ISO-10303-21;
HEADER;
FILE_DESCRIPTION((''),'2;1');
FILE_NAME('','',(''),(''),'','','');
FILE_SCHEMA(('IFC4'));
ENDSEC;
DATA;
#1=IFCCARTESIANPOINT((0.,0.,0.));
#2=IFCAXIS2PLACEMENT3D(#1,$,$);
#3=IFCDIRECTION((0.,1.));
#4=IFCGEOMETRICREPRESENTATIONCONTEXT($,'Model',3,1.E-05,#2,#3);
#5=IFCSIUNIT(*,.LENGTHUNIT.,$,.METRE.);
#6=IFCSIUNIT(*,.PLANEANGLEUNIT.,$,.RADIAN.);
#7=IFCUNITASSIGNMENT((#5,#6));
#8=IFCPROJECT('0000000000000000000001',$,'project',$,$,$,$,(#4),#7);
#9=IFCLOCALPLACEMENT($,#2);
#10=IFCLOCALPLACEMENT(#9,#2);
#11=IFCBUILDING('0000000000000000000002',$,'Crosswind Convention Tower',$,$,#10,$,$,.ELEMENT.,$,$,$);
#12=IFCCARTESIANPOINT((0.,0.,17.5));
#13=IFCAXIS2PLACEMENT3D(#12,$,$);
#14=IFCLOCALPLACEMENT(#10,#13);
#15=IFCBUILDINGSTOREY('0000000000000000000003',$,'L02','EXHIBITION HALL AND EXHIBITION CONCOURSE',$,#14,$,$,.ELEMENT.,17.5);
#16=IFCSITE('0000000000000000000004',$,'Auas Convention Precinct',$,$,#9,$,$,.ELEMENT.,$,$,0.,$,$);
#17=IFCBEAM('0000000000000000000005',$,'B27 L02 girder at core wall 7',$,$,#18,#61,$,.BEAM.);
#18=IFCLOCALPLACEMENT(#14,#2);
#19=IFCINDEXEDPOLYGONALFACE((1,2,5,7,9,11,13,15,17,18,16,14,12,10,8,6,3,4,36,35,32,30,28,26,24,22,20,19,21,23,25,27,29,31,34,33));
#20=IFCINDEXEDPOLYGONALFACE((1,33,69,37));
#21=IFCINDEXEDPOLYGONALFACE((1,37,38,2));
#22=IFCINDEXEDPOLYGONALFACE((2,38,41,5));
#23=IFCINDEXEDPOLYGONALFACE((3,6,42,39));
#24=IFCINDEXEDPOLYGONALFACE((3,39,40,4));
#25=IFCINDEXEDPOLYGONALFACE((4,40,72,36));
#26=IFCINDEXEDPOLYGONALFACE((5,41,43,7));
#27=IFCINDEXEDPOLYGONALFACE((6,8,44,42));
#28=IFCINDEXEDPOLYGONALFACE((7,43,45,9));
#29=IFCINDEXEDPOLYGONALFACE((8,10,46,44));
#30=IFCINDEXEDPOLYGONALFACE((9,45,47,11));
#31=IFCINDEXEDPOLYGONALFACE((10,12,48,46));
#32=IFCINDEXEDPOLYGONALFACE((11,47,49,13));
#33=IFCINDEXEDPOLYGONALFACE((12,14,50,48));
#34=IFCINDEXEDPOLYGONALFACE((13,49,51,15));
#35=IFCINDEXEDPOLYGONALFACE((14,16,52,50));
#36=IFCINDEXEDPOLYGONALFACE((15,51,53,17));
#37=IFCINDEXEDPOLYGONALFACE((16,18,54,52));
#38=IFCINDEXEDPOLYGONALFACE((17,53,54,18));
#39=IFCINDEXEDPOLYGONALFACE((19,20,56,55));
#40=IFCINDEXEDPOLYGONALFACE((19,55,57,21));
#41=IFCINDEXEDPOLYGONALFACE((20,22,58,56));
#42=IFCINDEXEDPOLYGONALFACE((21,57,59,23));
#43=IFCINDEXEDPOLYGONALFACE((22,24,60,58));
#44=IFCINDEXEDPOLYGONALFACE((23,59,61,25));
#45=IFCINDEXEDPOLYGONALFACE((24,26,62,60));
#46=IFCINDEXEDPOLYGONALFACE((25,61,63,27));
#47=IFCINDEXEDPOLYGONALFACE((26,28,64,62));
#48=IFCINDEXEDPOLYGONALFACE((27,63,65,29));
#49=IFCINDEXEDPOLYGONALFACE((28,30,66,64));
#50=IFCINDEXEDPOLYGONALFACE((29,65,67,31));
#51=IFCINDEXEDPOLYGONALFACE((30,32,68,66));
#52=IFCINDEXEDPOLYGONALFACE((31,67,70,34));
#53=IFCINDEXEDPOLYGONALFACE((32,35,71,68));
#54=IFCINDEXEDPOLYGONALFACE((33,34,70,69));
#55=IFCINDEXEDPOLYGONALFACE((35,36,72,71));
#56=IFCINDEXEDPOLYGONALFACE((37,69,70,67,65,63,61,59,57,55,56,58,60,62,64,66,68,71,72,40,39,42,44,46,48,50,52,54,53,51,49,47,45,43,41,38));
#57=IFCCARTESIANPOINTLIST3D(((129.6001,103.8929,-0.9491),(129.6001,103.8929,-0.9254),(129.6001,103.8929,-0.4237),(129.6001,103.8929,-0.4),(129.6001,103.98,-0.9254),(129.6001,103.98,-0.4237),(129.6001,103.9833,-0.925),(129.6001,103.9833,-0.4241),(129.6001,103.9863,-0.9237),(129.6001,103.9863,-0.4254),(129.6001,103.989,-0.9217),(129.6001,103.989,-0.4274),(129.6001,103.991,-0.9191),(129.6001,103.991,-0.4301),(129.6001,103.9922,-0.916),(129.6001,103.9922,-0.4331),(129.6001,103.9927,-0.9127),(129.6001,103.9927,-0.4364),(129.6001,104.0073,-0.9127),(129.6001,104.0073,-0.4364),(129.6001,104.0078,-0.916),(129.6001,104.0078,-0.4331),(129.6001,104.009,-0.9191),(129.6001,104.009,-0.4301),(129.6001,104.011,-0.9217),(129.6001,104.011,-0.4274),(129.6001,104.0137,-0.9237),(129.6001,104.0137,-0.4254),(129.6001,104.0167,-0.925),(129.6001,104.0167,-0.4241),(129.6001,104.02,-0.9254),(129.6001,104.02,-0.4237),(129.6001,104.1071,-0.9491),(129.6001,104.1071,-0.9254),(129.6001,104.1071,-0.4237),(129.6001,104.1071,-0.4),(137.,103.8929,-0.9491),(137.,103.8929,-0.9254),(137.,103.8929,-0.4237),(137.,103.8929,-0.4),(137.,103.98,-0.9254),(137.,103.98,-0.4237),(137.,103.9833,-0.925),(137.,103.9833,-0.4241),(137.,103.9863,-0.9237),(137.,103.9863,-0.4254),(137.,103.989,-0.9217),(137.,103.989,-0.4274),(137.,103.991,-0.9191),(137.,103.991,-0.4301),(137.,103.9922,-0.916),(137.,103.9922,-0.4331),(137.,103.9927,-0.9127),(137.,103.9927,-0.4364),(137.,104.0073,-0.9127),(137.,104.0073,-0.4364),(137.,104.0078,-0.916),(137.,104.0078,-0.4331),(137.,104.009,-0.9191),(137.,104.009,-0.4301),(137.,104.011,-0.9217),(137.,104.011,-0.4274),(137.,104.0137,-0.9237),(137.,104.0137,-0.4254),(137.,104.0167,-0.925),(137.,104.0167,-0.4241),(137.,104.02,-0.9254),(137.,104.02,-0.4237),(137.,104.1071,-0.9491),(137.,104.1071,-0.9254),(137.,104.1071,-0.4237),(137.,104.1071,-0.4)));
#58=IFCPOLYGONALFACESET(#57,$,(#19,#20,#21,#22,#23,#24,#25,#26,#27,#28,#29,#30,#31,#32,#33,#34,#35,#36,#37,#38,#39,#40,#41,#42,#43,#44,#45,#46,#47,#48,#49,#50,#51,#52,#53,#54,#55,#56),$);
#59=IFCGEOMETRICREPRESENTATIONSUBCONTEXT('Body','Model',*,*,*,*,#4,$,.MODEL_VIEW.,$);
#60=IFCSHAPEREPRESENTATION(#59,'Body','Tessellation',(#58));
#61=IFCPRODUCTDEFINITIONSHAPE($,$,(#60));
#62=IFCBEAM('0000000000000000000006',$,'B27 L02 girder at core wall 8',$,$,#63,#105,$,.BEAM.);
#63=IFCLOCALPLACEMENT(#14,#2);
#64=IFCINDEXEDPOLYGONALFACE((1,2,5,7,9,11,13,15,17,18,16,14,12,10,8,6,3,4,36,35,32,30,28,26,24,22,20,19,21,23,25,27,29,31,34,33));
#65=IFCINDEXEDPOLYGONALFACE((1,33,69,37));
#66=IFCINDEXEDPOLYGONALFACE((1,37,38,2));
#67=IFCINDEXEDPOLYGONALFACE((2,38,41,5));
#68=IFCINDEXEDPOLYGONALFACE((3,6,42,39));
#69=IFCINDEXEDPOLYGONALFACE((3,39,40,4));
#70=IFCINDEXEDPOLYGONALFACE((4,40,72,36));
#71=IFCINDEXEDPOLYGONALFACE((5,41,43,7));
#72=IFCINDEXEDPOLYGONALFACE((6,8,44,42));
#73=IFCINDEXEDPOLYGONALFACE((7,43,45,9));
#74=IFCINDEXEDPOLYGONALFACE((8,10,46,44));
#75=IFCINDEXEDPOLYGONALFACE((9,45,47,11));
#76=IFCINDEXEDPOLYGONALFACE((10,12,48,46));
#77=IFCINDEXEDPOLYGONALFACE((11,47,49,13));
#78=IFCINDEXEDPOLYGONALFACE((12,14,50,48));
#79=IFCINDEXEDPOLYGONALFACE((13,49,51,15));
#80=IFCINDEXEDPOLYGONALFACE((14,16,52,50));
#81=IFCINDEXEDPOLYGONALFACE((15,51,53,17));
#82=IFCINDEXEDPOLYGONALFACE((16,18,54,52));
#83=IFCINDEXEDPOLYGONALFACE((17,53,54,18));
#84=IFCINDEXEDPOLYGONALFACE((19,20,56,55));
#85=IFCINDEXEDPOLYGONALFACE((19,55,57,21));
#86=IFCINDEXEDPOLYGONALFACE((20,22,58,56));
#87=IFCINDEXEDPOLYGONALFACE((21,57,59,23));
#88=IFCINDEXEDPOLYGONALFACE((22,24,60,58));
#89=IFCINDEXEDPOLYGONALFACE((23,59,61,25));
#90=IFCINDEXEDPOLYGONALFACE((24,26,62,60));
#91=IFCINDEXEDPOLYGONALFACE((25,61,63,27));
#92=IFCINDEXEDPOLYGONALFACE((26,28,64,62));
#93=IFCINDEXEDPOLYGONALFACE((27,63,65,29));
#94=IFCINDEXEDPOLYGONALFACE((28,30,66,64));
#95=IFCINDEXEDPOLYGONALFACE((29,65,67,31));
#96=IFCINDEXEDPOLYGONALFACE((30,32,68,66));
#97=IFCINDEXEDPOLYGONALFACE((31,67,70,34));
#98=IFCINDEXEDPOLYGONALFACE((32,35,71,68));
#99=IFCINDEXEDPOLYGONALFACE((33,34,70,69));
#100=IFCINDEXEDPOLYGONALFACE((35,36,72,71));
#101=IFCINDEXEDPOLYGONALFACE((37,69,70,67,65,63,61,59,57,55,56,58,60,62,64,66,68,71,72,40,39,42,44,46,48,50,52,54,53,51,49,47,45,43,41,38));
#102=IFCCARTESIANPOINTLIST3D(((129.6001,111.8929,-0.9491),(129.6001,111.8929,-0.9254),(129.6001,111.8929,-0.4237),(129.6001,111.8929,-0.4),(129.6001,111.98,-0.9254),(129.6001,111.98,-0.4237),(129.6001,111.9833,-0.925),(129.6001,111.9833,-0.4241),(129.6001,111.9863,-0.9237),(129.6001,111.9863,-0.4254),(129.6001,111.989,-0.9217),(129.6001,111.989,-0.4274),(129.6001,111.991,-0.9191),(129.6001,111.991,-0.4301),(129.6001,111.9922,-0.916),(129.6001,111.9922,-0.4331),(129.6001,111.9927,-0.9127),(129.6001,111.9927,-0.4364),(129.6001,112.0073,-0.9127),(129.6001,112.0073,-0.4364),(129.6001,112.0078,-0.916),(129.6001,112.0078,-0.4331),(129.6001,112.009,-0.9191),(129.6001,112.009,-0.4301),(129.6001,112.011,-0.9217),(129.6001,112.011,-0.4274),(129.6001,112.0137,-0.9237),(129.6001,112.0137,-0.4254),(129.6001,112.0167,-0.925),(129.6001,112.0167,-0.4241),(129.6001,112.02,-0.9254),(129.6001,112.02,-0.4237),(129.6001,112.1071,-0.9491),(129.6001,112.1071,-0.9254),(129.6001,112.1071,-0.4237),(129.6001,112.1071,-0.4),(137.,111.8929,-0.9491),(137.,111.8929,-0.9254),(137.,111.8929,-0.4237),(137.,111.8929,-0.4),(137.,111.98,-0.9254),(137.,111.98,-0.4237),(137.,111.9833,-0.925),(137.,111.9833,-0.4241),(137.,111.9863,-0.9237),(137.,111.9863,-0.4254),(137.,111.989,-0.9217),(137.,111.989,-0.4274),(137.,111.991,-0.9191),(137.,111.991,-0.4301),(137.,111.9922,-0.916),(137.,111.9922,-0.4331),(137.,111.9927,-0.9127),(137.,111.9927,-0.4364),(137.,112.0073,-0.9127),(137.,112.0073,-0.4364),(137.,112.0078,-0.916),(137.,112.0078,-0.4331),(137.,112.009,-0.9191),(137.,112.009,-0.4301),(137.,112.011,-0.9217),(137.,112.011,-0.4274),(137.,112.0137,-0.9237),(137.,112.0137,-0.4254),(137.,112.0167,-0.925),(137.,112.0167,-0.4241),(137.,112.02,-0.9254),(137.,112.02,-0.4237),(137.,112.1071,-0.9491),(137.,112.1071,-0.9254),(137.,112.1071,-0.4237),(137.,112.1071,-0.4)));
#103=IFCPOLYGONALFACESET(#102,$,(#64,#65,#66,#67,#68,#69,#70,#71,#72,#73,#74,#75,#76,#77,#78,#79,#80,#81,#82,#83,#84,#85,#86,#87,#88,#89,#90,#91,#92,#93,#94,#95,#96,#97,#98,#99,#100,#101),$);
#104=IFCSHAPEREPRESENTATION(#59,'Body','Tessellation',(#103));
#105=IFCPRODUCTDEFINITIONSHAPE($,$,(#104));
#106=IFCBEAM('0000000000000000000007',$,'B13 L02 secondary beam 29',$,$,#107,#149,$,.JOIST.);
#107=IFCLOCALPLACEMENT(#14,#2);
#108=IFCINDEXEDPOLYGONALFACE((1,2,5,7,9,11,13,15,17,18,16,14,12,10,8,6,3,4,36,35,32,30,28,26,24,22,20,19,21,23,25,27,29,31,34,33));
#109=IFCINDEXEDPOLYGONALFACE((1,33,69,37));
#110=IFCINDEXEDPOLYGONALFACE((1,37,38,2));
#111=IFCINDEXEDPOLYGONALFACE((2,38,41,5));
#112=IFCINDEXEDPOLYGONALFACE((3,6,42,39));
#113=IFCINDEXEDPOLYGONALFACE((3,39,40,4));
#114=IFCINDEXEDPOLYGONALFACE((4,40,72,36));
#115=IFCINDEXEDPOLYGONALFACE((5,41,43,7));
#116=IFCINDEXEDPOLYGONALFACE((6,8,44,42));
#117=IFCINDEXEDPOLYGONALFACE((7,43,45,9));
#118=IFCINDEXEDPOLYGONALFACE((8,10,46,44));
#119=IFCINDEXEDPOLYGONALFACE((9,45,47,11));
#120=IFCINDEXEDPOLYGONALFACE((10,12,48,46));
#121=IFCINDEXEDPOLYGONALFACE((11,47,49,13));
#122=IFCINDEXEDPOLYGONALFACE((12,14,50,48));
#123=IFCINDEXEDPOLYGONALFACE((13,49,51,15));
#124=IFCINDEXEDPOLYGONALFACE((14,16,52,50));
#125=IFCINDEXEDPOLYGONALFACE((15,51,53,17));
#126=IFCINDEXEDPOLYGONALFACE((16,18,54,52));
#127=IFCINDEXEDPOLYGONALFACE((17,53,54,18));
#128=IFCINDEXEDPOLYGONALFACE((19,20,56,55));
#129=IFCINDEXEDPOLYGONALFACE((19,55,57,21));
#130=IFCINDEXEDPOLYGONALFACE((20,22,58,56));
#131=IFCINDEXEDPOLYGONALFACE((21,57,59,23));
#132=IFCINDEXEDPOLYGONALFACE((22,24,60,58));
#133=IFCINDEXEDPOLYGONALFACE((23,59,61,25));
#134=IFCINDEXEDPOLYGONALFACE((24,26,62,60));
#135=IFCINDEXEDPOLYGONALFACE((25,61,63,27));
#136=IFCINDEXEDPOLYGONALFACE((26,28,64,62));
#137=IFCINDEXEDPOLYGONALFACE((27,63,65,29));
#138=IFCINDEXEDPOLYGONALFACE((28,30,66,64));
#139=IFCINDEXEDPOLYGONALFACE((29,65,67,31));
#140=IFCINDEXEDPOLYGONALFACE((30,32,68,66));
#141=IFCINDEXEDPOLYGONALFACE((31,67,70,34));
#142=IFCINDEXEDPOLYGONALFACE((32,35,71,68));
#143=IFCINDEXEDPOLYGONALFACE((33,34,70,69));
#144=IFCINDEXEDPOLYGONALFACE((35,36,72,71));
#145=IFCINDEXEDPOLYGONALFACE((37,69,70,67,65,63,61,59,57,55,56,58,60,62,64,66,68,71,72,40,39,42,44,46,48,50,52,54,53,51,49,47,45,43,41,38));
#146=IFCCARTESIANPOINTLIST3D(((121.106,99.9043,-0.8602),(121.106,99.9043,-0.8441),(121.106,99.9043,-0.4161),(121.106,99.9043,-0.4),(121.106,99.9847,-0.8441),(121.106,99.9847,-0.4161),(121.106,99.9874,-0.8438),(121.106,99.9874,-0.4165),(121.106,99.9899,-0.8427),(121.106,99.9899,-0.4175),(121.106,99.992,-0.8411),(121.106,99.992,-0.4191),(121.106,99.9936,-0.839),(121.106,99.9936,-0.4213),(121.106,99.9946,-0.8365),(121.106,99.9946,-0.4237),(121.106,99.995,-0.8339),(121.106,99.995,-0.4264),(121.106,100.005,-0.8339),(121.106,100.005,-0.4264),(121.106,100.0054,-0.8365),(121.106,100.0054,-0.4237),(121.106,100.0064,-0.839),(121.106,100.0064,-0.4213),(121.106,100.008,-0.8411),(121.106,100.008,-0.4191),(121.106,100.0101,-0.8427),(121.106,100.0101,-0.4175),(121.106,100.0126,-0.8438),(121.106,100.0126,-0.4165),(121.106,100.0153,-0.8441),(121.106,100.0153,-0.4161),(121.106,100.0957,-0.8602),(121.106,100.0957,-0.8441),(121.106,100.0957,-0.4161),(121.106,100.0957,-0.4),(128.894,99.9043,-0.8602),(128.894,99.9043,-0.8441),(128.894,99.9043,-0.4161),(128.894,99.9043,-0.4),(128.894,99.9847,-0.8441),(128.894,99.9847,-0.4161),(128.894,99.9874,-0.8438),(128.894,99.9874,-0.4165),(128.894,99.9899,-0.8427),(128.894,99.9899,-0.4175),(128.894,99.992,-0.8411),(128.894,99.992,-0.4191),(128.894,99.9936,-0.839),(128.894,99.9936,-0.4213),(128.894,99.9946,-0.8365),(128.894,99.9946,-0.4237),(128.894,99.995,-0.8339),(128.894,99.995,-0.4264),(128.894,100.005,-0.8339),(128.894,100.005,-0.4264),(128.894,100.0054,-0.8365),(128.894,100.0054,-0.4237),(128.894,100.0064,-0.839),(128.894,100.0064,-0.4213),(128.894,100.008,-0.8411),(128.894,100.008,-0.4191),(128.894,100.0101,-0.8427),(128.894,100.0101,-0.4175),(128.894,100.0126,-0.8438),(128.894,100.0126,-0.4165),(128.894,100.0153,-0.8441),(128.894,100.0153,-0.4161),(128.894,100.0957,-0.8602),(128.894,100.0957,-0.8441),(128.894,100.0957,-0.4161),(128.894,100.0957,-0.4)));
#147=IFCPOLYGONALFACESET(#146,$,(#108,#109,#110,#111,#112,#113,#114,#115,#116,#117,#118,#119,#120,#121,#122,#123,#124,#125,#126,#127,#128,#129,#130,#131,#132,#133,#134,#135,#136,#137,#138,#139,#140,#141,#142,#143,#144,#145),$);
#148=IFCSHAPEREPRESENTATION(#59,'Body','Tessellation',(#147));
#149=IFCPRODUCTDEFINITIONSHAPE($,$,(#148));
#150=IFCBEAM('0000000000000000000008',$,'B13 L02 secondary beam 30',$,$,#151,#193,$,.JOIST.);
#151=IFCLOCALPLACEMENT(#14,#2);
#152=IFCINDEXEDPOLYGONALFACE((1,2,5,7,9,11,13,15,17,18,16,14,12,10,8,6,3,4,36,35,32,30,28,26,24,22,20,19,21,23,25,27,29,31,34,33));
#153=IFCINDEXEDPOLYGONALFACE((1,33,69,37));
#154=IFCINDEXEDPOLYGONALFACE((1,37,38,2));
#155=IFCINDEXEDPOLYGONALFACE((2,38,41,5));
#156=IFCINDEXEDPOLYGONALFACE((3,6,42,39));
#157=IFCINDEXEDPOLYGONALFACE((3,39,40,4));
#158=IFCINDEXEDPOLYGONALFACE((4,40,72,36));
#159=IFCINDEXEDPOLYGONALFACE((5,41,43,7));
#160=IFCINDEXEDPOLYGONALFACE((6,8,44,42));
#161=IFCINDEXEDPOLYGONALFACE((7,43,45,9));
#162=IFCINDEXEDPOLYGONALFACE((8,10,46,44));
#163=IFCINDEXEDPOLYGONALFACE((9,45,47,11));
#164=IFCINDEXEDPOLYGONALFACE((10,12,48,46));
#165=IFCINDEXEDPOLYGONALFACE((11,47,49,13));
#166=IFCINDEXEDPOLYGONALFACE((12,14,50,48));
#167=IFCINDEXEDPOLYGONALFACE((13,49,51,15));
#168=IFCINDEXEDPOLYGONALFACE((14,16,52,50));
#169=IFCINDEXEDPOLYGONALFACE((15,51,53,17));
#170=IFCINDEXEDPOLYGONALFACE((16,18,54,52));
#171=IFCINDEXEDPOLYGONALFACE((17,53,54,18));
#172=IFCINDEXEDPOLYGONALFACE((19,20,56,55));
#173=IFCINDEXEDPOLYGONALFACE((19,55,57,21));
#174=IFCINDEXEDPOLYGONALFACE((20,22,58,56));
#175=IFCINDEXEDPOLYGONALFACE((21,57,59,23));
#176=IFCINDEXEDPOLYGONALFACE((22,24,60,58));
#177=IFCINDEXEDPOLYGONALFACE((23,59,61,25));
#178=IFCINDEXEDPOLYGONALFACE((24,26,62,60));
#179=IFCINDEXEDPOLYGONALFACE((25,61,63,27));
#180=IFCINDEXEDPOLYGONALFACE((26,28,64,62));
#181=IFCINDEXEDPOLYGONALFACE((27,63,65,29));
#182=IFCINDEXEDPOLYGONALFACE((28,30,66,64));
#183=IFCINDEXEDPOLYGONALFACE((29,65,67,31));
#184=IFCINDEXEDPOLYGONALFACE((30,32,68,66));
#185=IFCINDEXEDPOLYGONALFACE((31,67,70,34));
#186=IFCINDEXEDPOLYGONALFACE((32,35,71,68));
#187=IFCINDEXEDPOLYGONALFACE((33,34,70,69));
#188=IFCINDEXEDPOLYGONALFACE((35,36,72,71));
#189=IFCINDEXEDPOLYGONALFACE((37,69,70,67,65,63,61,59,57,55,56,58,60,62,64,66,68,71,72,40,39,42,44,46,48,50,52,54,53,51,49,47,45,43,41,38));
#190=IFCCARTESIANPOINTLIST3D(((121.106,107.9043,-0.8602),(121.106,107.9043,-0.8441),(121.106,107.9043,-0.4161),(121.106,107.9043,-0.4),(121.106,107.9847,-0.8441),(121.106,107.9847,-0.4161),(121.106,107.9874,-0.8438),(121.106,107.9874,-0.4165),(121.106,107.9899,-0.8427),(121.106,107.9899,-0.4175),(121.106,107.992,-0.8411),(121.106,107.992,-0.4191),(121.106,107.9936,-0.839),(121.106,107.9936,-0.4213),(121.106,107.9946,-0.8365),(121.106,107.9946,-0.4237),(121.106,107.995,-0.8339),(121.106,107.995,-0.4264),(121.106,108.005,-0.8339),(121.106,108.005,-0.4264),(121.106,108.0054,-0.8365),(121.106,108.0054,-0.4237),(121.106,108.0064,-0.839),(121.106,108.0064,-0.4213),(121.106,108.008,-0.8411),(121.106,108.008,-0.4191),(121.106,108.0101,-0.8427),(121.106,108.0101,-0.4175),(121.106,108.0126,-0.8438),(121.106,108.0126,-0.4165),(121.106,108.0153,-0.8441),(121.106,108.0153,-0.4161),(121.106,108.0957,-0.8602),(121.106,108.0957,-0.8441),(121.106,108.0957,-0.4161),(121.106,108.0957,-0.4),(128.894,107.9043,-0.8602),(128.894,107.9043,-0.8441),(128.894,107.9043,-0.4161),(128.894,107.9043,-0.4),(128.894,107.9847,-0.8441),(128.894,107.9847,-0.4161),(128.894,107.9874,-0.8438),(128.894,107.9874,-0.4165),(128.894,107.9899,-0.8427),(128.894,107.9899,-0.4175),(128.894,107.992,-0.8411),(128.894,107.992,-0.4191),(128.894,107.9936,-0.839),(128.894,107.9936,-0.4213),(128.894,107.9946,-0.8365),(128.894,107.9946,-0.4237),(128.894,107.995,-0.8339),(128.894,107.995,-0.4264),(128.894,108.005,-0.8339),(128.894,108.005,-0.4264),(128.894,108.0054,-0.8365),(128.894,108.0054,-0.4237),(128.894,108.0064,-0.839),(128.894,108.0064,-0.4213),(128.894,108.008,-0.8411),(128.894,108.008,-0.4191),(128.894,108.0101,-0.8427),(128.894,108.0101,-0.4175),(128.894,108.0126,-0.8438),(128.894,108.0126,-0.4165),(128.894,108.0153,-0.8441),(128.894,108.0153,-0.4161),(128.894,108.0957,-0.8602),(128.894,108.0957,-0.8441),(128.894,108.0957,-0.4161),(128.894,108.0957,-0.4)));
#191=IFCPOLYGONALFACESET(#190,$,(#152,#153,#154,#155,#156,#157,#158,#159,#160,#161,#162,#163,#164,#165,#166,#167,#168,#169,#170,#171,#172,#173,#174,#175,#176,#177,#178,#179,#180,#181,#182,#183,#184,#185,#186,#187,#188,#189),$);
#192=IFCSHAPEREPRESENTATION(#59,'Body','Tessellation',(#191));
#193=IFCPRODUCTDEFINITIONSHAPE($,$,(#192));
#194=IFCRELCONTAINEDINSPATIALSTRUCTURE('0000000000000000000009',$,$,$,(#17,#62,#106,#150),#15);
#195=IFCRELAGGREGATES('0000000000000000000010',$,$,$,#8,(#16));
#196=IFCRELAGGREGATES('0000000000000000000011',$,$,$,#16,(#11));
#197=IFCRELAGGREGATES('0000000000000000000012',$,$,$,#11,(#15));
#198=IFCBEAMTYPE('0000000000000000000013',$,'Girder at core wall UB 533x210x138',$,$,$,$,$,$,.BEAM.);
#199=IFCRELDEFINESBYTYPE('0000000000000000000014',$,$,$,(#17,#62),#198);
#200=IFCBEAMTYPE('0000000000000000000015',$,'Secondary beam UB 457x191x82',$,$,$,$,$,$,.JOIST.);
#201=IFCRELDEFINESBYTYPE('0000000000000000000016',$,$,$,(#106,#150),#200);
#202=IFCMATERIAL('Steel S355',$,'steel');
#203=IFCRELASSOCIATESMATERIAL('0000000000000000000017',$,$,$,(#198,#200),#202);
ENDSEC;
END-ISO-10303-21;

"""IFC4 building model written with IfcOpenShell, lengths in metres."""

from ifc_helpers import new_model, si_unit, direction, frame, origin, origin_2d, place, context, subcontext, project, spatial, i_section, extrude, material, material_profile, profile_set, type_object, element, save


model = new_model("IFC4")

# Units and contexts
model_context = context("Model", 3, precision=1e-05, world=origin(), true_north=direction((0.0, 1.0)))
body_context = subcontext(model_context, "Body", "Model", "MODEL_VIEW")
ifc_project = project(units=[si_unit("LENGTHUNIT", "METRE"), si_unit("PLANEANGLEUNIT", "RADIAN")], contexts=[model_context])

# Site, building, storey
site_placement = place(None, origin())
site = spatial("IfcSite", under=ifc_project, at=site_placement, Name="Auas Convention Precinct", CompositionType="ELEMENT", RefElevation=0.0)
building_placement = place(site_placement, origin())
building = spatial("IfcBuilding", under=site, at=building_placement, Name="Crosswind Convention Tower", CompositionType="ELEMENT")
storey_placement = place(building_placement, frame((0.0, 0.0, 17.5)))
storey = spatial("IfcBuildingStorey", under=building, at=storey_placement, Name="L02", Description="EXHIBITION HALL AND EXHIBITION CONCOURSE", CompositionType="ELEMENT", Elevation=17.5)

# Beams
ifc_material_1 = material(Name="Steel S355", Category="steel")
ifc_material_profile_1 = material_profile(ifc_material_1, i_section(OverallWidth=0.2141, OverallDepth=0.5491, WebThickness=0.0146, FlangeThickness=0.0237, FilletRadius=0.0127, at=origin_2d()), Name="UB 533x210x138")
ifc_profile_set_1 = profile_set([ifc_material_profile_1], Name="Steel S355")
beam_type_1 = type_object("IfcBeamType", Name="Girder at core wall UB 533x210x138", PredefinedType="BEAM", material=ifc_profile_set_1)
for number, where, z_axis, x_axis, name in (
    (1, (129.6001, 104.0, -0.6746), (1.0, 0.0, 0.0), (0.0, 1.0, 0.0), "B27 L02 girder at core wall 7"),
    (2, (129.6001, 112.0, -0.6746), (1.0, 0.0, 0.0), (0.0, 1.0, 0.0), "B27 L02 girder at core wall 8"),
):
    element("IfcBeam", number, at=place(storey_placement, frame(where, z_axis=z_axis, x_axis=x_axis)), inside=storey, type_object=beam_type_1, Name=name, PredefinedType="BEAM", context=body_context, shape_type="SweptSolid", body=[
        extrude(i_section(OverallWidth=0.2141, OverallDepth=0.5491, WebThickness=0.0146, FlangeThickness=0.0237, FilletRadius=0.0127, at=origin_2d()), origin(), (0.0, 0.0, 1.0), 7.3999),
    ])
ifc_material_profile_2 = material_profile(ifc_material_1, i_section(OverallWidth=0.1914, OverallDepth=0.4602, WebThickness=0.01, FlangeThickness=0.0161, FilletRadius=0.0103, at=origin_2d()), Name="UB 457x191x82")
ifc_profile_set_2 = profile_set([ifc_material_profile_2], Name="Steel S355")
beam_type_2 = type_object("IfcBeamType", Name="Secondary beam UB 457x191x82", PredefinedType="JOIST", material=ifc_profile_set_2)
for number, where, z_axis, x_axis, name in (
    (3, (121.106, 100.0, -0.6301), (1.0, 0.0, 0.0), (0.0, 1.0, 0.0), "B13 L02 secondary beam 29"),
    (4, (121.106, 108.0, -0.6301), (1.0, 0.0, 0.0), (0.0, 1.0, 0.0), "B13 L02 secondary beam 30"),
):
    element("IfcBeam", number, at=place(storey_placement, frame(where, z_axis=z_axis, x_axis=x_axis)), inside=storey, type_object=beam_type_2, Name=name, PredefinedType="JOIST", context=body_context, shape_type="SweptSolid", body=[
        extrude(i_section(OverallWidth=0.1914, OverallDepth=0.4602, WebThickness=0.01, FlangeThickness=0.0161, FilletRadius=0.0103, at=origin_2d()), origin(), (0.0, 0.0, 1.0), 7.7881),
    ])

save(model, "model.ifc")
